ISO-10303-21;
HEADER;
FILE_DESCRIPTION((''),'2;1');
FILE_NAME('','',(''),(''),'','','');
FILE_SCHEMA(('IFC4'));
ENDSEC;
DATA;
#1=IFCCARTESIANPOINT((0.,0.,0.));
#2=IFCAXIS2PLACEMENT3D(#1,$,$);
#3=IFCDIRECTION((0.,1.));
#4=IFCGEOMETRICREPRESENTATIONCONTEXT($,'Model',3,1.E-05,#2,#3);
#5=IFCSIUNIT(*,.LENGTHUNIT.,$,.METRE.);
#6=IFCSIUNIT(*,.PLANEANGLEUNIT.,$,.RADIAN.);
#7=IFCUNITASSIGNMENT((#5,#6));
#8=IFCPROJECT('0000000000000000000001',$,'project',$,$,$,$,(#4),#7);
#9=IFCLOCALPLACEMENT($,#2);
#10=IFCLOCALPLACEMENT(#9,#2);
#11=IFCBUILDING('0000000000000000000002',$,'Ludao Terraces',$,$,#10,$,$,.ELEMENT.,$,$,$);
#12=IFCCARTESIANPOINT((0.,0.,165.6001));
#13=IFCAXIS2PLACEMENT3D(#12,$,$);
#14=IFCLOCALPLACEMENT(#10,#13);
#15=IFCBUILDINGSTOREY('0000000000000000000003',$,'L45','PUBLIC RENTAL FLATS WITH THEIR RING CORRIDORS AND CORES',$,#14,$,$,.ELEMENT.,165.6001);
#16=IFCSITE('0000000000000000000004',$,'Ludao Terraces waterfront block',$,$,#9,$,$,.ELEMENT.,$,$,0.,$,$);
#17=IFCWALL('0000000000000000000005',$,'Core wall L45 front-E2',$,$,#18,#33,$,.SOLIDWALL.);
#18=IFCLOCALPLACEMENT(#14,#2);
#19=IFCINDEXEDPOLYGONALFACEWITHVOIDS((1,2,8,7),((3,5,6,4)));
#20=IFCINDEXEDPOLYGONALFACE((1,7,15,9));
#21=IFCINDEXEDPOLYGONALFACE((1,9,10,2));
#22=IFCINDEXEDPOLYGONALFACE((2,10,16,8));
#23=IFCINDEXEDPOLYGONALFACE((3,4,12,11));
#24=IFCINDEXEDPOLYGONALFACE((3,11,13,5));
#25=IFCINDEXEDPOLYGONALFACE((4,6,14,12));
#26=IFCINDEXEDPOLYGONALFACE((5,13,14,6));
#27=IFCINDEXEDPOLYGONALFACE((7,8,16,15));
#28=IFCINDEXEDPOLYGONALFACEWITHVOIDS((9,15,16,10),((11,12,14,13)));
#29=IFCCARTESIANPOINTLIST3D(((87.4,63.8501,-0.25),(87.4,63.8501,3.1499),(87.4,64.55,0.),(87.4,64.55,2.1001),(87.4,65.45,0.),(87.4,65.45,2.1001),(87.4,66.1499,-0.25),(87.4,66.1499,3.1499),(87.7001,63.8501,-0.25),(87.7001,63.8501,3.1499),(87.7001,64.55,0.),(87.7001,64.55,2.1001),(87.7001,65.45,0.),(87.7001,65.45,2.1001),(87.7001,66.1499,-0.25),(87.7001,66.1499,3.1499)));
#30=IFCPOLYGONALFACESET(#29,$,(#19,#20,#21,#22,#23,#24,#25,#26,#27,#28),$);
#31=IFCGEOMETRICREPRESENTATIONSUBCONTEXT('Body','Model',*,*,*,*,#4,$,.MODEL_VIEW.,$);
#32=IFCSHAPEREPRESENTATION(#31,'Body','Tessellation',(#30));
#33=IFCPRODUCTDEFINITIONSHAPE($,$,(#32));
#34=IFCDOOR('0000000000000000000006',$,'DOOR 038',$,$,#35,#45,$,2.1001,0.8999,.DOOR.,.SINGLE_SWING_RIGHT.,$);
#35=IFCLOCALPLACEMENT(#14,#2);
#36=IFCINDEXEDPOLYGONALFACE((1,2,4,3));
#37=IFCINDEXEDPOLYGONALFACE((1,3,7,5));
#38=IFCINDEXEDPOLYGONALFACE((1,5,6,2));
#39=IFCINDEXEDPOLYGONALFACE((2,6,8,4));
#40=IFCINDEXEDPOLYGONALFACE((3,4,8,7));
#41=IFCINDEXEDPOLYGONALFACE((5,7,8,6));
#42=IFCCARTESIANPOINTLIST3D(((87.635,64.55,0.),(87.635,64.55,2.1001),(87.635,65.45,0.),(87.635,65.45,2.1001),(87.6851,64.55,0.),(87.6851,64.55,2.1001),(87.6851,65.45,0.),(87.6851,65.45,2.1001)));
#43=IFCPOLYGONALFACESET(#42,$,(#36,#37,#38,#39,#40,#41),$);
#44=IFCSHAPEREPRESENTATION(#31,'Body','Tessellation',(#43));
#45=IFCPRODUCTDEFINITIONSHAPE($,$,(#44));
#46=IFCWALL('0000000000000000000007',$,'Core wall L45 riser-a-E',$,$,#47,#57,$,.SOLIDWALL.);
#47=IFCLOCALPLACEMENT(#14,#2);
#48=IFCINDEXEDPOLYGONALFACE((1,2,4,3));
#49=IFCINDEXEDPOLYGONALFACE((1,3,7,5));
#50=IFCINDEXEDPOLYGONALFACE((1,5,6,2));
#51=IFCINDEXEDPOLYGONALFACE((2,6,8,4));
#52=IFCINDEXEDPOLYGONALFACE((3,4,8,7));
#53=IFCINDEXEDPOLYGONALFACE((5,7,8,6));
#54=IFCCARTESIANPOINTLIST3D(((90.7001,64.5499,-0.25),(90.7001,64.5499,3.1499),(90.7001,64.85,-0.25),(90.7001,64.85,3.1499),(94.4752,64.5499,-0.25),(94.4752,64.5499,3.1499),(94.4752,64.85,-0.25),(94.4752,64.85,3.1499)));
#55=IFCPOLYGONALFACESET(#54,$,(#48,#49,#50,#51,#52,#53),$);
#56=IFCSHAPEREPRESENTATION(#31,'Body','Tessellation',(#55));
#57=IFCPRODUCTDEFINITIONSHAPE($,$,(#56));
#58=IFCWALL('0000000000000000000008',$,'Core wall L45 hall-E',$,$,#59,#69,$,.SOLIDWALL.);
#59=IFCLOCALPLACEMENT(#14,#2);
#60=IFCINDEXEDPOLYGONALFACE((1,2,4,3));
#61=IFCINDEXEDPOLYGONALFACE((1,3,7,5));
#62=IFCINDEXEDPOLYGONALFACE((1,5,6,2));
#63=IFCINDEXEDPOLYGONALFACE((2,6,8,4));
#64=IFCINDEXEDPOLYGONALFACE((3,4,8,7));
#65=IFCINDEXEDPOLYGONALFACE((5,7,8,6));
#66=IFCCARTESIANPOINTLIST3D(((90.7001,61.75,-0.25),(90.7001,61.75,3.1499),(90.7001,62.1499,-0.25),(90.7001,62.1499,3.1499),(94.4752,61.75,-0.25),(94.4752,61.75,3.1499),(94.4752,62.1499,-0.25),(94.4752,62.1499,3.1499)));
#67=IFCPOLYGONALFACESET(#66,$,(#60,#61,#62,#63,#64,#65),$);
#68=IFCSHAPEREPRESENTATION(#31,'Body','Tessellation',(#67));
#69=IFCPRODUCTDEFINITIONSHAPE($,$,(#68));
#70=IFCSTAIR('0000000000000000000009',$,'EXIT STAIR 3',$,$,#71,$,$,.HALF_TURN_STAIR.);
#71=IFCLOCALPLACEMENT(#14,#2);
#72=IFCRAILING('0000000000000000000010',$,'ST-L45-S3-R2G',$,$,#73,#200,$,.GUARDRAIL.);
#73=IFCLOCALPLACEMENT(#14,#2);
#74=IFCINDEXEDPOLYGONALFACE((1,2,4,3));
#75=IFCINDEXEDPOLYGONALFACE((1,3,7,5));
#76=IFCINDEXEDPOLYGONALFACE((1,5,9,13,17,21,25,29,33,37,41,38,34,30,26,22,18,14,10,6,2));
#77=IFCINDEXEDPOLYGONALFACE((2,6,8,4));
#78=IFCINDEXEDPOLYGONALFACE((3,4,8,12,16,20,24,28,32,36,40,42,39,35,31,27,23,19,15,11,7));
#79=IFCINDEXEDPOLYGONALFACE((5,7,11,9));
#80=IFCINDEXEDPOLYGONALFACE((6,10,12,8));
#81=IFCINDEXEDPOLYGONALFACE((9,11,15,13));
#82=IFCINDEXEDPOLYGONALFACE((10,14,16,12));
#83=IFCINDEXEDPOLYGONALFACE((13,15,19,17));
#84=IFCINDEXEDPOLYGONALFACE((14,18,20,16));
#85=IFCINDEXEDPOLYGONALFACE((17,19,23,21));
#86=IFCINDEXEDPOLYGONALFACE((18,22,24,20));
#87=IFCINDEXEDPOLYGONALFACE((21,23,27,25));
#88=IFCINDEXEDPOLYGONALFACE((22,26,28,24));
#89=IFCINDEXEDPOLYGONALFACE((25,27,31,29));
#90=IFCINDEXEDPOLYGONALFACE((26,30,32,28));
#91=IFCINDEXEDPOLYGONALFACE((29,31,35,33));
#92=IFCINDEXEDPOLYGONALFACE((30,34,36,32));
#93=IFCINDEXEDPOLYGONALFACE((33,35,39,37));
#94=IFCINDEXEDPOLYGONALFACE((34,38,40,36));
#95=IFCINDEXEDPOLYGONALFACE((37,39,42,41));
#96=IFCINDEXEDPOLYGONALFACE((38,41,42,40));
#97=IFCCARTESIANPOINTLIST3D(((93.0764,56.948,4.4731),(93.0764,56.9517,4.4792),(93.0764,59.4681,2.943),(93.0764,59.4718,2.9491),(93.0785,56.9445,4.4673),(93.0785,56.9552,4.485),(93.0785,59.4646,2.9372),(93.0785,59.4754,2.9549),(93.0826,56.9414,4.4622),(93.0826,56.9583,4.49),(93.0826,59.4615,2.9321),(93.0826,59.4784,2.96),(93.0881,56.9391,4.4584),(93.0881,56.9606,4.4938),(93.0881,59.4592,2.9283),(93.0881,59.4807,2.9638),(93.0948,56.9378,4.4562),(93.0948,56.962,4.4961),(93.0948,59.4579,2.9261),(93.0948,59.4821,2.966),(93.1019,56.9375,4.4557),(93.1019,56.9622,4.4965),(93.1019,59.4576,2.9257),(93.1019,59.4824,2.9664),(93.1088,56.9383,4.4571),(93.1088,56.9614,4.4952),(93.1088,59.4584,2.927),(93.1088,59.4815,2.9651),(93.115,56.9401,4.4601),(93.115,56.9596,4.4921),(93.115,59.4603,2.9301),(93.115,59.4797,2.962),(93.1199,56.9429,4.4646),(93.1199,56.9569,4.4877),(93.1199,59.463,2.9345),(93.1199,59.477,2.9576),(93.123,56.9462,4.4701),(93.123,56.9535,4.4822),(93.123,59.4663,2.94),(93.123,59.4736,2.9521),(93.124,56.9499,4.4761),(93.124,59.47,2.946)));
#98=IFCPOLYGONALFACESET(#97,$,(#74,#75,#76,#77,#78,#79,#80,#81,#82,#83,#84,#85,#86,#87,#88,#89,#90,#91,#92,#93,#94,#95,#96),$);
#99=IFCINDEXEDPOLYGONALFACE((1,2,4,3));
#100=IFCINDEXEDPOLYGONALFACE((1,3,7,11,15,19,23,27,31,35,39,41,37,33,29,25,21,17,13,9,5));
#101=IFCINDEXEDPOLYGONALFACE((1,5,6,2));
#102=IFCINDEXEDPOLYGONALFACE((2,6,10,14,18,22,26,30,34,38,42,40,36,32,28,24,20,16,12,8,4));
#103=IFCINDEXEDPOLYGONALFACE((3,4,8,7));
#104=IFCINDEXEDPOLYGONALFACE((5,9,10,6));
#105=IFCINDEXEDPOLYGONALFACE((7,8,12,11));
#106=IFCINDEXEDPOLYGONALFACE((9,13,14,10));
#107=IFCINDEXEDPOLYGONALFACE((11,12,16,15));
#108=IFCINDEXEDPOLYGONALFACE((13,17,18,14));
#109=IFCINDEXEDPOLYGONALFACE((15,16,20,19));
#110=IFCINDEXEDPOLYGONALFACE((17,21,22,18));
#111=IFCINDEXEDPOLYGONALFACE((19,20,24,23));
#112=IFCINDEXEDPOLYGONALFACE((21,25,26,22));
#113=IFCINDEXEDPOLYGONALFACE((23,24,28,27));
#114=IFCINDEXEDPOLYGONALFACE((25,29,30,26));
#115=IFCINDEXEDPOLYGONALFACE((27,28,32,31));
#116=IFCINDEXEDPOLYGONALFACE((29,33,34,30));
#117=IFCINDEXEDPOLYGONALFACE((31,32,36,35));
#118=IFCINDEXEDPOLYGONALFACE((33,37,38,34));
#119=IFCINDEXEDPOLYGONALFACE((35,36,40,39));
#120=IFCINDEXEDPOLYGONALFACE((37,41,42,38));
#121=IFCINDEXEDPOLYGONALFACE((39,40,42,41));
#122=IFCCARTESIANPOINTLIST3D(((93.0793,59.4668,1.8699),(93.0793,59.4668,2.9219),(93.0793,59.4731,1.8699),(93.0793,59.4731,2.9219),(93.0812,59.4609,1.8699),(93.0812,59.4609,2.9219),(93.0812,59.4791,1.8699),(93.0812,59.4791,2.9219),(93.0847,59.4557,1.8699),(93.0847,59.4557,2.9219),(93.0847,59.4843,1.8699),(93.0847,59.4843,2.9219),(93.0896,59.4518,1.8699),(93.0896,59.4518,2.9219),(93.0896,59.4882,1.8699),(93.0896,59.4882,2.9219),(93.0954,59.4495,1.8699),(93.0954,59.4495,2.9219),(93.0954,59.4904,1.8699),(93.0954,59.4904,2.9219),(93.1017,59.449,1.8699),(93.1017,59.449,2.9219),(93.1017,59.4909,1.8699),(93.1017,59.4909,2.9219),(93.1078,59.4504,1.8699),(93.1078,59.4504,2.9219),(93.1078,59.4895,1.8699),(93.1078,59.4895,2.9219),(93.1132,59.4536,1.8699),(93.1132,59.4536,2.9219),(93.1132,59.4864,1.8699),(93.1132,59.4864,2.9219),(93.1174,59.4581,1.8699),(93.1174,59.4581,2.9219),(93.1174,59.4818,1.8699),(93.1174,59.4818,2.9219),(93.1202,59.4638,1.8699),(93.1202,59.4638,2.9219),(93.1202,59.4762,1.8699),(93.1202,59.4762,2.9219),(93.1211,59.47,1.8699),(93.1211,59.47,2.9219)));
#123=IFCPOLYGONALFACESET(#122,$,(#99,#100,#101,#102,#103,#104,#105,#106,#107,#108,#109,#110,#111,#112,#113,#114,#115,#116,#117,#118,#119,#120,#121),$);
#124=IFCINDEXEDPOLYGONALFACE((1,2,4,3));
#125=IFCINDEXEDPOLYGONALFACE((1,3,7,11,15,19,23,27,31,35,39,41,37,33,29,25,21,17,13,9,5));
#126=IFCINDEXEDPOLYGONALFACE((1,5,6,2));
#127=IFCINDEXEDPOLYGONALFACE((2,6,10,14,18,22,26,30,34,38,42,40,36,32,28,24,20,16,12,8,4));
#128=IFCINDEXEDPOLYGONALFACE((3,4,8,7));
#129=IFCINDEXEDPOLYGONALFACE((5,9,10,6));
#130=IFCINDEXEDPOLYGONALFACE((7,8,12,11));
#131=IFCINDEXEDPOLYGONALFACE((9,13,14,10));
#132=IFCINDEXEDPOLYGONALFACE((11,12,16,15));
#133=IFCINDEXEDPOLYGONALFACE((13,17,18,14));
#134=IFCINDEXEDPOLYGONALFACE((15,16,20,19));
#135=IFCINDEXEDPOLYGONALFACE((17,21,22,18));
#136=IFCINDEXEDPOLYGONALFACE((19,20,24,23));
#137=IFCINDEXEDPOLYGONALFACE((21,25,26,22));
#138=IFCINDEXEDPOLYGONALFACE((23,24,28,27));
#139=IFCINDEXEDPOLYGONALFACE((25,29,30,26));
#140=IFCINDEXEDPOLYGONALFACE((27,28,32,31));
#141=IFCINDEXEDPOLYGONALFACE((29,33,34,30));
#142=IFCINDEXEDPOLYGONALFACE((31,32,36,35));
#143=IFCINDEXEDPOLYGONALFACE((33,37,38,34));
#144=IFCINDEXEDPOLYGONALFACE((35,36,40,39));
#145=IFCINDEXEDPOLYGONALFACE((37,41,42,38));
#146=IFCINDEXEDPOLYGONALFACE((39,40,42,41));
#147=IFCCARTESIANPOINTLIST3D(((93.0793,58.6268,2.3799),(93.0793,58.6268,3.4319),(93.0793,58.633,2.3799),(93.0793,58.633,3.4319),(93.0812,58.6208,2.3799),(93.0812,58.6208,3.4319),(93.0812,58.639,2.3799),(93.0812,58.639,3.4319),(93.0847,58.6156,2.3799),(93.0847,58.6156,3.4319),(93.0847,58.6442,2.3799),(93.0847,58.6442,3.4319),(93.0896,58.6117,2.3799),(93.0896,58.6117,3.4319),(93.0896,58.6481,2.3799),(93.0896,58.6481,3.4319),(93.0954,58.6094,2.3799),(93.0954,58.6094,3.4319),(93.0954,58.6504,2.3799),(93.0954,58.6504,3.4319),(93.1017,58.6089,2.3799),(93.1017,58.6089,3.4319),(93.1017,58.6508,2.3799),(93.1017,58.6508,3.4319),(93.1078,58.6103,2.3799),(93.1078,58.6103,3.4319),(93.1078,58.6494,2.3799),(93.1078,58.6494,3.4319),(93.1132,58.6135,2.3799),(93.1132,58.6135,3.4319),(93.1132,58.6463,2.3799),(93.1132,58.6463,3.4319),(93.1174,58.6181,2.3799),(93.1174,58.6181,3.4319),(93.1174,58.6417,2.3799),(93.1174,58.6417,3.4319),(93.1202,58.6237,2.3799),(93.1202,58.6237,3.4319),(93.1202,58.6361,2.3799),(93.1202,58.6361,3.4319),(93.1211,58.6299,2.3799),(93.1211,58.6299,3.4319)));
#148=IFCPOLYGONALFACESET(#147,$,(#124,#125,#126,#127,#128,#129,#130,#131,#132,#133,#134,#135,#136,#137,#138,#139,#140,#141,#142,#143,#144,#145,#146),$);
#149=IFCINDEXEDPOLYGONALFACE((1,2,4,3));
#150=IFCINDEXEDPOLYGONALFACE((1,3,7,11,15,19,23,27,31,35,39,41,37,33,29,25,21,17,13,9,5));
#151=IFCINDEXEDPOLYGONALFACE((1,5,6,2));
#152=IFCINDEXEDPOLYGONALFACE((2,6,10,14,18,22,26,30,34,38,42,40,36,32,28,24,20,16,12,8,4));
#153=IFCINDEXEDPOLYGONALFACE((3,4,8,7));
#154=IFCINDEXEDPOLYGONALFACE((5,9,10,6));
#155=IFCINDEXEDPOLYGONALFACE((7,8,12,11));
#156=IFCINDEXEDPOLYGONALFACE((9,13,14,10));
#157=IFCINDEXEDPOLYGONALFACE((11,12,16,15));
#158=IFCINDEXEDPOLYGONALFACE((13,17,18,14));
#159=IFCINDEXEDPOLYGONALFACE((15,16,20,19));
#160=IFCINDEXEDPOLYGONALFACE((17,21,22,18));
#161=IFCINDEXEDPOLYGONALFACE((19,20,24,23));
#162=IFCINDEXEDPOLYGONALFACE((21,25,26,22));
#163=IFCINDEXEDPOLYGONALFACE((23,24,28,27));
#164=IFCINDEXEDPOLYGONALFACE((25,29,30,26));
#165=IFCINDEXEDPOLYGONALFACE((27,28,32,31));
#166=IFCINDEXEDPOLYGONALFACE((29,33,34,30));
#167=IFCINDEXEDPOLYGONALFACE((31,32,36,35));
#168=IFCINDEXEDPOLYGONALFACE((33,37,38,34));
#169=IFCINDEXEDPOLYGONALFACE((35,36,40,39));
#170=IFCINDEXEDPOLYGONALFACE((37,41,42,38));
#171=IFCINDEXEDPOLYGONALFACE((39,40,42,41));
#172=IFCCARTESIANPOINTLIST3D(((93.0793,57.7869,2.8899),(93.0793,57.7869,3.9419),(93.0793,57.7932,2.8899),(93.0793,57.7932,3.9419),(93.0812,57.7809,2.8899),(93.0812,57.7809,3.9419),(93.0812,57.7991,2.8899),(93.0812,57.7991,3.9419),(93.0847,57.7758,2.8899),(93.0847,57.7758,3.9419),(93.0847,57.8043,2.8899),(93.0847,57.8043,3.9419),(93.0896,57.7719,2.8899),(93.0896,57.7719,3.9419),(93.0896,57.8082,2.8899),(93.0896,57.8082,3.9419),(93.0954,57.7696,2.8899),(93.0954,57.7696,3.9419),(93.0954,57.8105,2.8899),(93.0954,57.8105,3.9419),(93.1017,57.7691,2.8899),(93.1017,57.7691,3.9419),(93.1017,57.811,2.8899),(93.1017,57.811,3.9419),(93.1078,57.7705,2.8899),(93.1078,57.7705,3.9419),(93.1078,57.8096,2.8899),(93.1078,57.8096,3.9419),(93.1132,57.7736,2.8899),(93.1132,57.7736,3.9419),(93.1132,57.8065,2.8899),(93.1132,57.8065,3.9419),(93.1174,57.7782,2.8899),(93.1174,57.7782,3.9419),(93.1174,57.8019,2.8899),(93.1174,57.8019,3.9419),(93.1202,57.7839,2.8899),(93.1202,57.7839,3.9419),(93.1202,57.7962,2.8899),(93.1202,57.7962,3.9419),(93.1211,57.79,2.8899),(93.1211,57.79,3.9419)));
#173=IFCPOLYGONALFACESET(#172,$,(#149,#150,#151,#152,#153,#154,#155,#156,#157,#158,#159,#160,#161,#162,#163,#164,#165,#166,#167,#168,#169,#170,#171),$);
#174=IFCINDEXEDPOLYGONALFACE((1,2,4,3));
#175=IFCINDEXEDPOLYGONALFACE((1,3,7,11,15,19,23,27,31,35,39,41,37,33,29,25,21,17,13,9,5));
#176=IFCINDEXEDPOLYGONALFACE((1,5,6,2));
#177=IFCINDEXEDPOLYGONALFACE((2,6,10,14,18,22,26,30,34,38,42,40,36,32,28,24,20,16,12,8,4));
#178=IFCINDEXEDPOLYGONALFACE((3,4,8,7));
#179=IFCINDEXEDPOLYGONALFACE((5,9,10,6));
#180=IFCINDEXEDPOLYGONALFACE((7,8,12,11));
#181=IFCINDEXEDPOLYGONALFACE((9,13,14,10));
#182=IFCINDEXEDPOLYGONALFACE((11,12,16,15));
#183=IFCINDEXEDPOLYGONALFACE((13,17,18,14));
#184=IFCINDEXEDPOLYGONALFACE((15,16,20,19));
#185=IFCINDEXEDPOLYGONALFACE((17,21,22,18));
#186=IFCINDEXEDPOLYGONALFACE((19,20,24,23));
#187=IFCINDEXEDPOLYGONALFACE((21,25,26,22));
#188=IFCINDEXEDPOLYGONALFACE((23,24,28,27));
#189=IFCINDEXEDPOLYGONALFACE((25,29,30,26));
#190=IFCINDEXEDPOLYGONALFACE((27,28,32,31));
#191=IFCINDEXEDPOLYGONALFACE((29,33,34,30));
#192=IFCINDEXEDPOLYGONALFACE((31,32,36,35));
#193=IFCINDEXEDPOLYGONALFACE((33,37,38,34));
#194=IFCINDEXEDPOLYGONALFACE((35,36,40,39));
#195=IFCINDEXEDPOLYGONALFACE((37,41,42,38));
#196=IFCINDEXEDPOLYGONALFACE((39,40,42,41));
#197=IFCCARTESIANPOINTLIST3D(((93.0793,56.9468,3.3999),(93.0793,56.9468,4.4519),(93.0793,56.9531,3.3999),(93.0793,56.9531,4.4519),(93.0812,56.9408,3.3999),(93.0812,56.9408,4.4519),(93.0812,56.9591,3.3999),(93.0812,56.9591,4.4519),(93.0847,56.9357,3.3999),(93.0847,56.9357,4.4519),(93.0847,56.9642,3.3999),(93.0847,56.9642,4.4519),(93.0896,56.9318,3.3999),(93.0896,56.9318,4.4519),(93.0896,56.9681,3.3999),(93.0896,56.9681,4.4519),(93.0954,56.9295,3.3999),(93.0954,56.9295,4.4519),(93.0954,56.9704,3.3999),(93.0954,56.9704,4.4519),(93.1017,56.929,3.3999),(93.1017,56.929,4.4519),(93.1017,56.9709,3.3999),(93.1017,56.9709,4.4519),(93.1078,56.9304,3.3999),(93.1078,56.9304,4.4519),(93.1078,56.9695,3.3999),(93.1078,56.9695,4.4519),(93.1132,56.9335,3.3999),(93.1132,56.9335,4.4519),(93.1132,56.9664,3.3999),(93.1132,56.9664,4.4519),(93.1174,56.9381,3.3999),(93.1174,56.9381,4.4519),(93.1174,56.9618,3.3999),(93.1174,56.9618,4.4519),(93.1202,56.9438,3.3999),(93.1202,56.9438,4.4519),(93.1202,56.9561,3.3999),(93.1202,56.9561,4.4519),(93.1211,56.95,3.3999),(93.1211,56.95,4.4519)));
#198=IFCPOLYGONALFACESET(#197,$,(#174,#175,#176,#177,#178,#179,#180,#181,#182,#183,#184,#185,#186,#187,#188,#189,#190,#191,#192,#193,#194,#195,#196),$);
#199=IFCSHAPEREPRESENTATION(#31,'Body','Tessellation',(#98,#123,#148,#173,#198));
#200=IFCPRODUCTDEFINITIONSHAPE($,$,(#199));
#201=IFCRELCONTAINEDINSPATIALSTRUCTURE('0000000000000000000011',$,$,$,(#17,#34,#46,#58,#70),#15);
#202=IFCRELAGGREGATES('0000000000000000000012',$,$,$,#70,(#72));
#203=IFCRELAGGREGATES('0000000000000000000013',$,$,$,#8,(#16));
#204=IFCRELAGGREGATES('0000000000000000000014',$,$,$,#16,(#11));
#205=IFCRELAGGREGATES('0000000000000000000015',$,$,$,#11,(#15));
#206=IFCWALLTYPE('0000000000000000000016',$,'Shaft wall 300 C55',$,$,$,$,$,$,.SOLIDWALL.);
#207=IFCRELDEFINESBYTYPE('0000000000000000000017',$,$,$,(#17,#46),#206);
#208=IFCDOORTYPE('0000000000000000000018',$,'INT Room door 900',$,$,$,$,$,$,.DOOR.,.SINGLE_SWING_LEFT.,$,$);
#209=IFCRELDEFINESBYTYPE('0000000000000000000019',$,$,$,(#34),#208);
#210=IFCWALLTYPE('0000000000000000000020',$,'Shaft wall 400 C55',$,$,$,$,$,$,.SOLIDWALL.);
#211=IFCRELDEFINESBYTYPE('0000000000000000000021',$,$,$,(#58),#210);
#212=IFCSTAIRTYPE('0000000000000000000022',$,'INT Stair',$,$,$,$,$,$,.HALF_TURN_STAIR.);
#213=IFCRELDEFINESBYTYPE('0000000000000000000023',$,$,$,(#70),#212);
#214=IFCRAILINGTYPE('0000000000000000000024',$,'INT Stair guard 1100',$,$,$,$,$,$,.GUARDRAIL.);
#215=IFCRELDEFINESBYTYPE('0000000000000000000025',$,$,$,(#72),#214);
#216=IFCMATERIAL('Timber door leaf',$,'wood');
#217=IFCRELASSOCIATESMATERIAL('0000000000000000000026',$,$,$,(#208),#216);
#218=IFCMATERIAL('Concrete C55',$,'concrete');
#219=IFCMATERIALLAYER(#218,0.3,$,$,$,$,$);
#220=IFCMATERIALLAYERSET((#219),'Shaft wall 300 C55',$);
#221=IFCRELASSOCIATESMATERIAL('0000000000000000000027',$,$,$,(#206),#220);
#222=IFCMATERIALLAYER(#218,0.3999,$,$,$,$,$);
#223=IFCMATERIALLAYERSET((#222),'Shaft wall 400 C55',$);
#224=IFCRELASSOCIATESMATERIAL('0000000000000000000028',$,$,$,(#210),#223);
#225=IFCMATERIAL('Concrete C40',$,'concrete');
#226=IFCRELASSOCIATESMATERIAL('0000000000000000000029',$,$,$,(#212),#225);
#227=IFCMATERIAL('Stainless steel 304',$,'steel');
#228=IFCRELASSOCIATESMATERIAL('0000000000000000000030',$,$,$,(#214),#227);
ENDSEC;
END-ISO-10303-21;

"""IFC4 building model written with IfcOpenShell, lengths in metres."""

from ifc_helpers import new_model, si_unit, direction, frame, frame_2d, origin, origin_2d, place, context, subcontext, project, spatial, rectangle, circle, extrude, material, layer, layer_set, type_object, element, fill, aggregate, save


model = new_model("IFC4")

# Units and contexts
model_context = context("Model", 3, precision=1e-05, world=origin(), true_north=direction((0.0, 1.0)))
body_context = subcontext(model_context, "Body", "Model", "MODEL_VIEW")
ifc_project = project(units=[si_unit("LENGTHUNIT", "METRE"), si_unit("PLANEANGLEUNIT", "RADIAN")], contexts=[model_context])

# Site, building, storey
site_placement = place(None, origin())
site = spatial("IfcSite", under=ifc_project, at=site_placement, Name="Ludao Terraces waterfront block", CompositionType="ELEMENT", RefElevation=0.0)
building_placement = place(site_placement, origin())
building = spatial("IfcBuilding", under=site, at=building_placement, Name="Ludao Terraces", CompositionType="ELEMENT")
storey_placement = place(building_placement, frame((0.0, 0.0, 165.6001)))
storey = spatial("IfcBuildingStorey", under=building, at=storey_placement, Name="L45", Description="PUBLIC RENTAL FLATS WITH THEIR RING CORRIDORS AND CORES", CompositionType="ELEMENT", Elevation=165.6001)

# Shared definitions
ifc_material_1 = material(Name="Concrete C40", Category="concrete")

# Shared definitions
ifc_material_2 = material(Name="Timber door leaf", Category="wood")
door_type_1 = type_object("IfcDoorType", Name="INT Room door 900", OperationType="SINGLE_SWING_LEFT", PredefinedType="DOOR", material=ifc_material_2)

# Shared definitions
ifc_material_3 = material(Name="Concrete C55", Category="concrete")
ifc_layer_1 = layer(ifc_material_3, 0.3)
ifc_layer_set_1 = layer_set([ifc_layer_1], Name="Shaft wall 300 C55")
wall_type_1 = type_object("IfcWallType", Name="Shaft wall 300 C55", PredefinedType="SOLIDWALL", material=ifc_layer_set_1)

# Wall, opening, door
wall_1_placement = place(storey_placement, frame((87.55, 63.8501, -0.25), z_axis=(0.0, 0.0, 1.0), x_axis=(0.0, 1.0, 0.0)))
wall_1 = element("IfcWall", 1, at=wall_1_placement, inside=storey, type_object=wall_type_1, Name="Core wall L45 front-E2", PredefinedType="SOLIDWALL", context=body_context, shape_type="SweptSolid", body=[
    extrude(rectangle(XDim=2.2998, YDim=0.3, at=frame_2d((1.1499, 0.0))), origin(), (0.0, 0.0, 1.0), 3.3999),
])
opening_1_placement = place(wall_1_placement, frame((0.7, 0.0, 0.25)))
opening_1 = element("IfcOpeningElement", 2, at=opening_1_placement, cuts=wall_1, PredefinedType="OPENING", context=body_context, shape_type="SweptSolid", body=[
    extrude(rectangle(XDim=0.8999, YDim=2.1001, at=frame_2d((0.45, 1.05))), frame((0.0, 0.1602, 0.0), z_axis=(0.0, -1.0, 0.0), x_axis=(1.0, 0.0, 0.0)), (0.0, 0.0, 1.0), 0.3201),
])
door_1_placement = place(opening_1_placement, origin())
door_1 = element("IfcDoor", 3, at=door_1_placement, inside=storey, type_object=door_type_1, Name="DOOR 038", OperationType="SINGLE_SWING_RIGHT", OverallHeight=2.1001, OverallWidth=0.8999, PredefinedType="DOOR", context=body_context, shape_type="SweptSolid", body=[
    extrude(rectangle(XDim=0.8999, YDim=2.1001, at=frame_2d((0.45, 1.05))), frame((0.0, -0.085, 0.0), z_axis=(0.0, -1.0, 0.0), x_axis=(1.0, 0.0, 0.0)), (0.0, 0.0, 1.0), 0.05),
])
fill(opening_1, door_1)

# Walls
wall_2_placement = place(storey_placement, frame((90.7, 64.7, -0.25), z_axis=(0.0, 0.0, 1.0), x_axis=(1.0, 0.0, 0.0)))
element("IfcWall", 4, at=wall_2_placement, inside=storey, type_object=wall_type_1, Name="Core wall L45 riser-a-E", PredefinedType="SOLIDWALL", context=body_context, shape_type="SweptSolid", body=[
    extrude(rectangle(XDim=3.7751, YDim=0.3, at=frame_2d((1.8877, 0.0))), origin(), (0.0, 0.0, 1.0), 3.3999),
])
ifc_layer_2 = layer(ifc_material_3, 0.3999)
ifc_layer_set_2 = layer_set([ifc_layer_2], Name="Shaft wall 400 C55")
wall_type_2 = type_object("IfcWallType", Name="Shaft wall 400 C55", PredefinedType="SOLIDWALL", material=ifc_layer_set_2)
wall_3_placement = place(storey_placement, frame((90.7, 61.95, -0.25), z_axis=(0.0, 0.0, 1.0), x_axis=(1.0, 0.0, 0.0)))
element("IfcWall", 5, at=wall_3_placement, inside=storey, type_object=wall_type_2, Name="Core wall L45 hall-E", PredefinedType="SOLIDWALL", context=body_context, shape_type="SweptSolid", body=[
    extrude(rectangle(XDim=3.7751, YDim=0.3999, at=frame_2d((1.8877, 0.0))), origin(), (0.0, 0.0, 1.0), 3.3999),
])

# Stair, railing
stair_type = type_object("IfcStairType", Name="INT Stair", PredefinedType="HALF_TURN_STAIR", material=ifc_material_1)
stair_placement = place(storey_placement, origin())
stair = element("IfcStair", 6, at=stair_placement, inside=storey, type_object=stair_type, Name="EXIT STAIR 3", PredefinedType="HALF_TURN_STAIR")
ifc_material_4 = material(Name="Stainless steel 304", Category="steel")
railing_type_1 = type_object("IfcRailingType", Name="INT Stair guard 1100", PredefinedType="GUARDRAIL", material=ifc_material_4)
railing_1_placement = place(storey_placement, frame((93.1001, 59.47, 1.8699)))
railing_1 = element("IfcRailing", 7, at=railing_1_placement, type_object=railing_type_1, Name="ST-L45-S3-R2G", PredefinedType="GUARDRAIL", context=body_context, shape_type="SweptSolid", body=[
    extrude(circle(Radius=0.0239, at=origin_2d()), frame((0.0, 0.0, 1.0762), z_axis=(0.0, -0.854785, 0.518982), x_axis=(1.0, 0.0, 0.0)), (0.0, 0.0, 1.0), 2.9482),
    extrude(circle(Radius=0.021, at=origin_2d()), origin(), (0.0, 0.0, 1.0), 1.052),
    extrude(circle(Radius=0.021, at=origin_2d()), frame((0.0, -0.8401, 0.51)), (0.0, 0.0, 1.0), 1.052),
    extrude(circle(Radius=0.021, at=origin_2d()), frame((0.0, -1.6799, 1.02)), (0.0, 0.0, 1.0), 1.052),
    extrude(circle(Radius=0.021, at=origin_2d()), frame((0.0, -2.52, 1.53)), (0.0, 0.0, 1.0), 1.052),
])
aggregate(stair, [railing_1])

save(model, "model.ifc")
